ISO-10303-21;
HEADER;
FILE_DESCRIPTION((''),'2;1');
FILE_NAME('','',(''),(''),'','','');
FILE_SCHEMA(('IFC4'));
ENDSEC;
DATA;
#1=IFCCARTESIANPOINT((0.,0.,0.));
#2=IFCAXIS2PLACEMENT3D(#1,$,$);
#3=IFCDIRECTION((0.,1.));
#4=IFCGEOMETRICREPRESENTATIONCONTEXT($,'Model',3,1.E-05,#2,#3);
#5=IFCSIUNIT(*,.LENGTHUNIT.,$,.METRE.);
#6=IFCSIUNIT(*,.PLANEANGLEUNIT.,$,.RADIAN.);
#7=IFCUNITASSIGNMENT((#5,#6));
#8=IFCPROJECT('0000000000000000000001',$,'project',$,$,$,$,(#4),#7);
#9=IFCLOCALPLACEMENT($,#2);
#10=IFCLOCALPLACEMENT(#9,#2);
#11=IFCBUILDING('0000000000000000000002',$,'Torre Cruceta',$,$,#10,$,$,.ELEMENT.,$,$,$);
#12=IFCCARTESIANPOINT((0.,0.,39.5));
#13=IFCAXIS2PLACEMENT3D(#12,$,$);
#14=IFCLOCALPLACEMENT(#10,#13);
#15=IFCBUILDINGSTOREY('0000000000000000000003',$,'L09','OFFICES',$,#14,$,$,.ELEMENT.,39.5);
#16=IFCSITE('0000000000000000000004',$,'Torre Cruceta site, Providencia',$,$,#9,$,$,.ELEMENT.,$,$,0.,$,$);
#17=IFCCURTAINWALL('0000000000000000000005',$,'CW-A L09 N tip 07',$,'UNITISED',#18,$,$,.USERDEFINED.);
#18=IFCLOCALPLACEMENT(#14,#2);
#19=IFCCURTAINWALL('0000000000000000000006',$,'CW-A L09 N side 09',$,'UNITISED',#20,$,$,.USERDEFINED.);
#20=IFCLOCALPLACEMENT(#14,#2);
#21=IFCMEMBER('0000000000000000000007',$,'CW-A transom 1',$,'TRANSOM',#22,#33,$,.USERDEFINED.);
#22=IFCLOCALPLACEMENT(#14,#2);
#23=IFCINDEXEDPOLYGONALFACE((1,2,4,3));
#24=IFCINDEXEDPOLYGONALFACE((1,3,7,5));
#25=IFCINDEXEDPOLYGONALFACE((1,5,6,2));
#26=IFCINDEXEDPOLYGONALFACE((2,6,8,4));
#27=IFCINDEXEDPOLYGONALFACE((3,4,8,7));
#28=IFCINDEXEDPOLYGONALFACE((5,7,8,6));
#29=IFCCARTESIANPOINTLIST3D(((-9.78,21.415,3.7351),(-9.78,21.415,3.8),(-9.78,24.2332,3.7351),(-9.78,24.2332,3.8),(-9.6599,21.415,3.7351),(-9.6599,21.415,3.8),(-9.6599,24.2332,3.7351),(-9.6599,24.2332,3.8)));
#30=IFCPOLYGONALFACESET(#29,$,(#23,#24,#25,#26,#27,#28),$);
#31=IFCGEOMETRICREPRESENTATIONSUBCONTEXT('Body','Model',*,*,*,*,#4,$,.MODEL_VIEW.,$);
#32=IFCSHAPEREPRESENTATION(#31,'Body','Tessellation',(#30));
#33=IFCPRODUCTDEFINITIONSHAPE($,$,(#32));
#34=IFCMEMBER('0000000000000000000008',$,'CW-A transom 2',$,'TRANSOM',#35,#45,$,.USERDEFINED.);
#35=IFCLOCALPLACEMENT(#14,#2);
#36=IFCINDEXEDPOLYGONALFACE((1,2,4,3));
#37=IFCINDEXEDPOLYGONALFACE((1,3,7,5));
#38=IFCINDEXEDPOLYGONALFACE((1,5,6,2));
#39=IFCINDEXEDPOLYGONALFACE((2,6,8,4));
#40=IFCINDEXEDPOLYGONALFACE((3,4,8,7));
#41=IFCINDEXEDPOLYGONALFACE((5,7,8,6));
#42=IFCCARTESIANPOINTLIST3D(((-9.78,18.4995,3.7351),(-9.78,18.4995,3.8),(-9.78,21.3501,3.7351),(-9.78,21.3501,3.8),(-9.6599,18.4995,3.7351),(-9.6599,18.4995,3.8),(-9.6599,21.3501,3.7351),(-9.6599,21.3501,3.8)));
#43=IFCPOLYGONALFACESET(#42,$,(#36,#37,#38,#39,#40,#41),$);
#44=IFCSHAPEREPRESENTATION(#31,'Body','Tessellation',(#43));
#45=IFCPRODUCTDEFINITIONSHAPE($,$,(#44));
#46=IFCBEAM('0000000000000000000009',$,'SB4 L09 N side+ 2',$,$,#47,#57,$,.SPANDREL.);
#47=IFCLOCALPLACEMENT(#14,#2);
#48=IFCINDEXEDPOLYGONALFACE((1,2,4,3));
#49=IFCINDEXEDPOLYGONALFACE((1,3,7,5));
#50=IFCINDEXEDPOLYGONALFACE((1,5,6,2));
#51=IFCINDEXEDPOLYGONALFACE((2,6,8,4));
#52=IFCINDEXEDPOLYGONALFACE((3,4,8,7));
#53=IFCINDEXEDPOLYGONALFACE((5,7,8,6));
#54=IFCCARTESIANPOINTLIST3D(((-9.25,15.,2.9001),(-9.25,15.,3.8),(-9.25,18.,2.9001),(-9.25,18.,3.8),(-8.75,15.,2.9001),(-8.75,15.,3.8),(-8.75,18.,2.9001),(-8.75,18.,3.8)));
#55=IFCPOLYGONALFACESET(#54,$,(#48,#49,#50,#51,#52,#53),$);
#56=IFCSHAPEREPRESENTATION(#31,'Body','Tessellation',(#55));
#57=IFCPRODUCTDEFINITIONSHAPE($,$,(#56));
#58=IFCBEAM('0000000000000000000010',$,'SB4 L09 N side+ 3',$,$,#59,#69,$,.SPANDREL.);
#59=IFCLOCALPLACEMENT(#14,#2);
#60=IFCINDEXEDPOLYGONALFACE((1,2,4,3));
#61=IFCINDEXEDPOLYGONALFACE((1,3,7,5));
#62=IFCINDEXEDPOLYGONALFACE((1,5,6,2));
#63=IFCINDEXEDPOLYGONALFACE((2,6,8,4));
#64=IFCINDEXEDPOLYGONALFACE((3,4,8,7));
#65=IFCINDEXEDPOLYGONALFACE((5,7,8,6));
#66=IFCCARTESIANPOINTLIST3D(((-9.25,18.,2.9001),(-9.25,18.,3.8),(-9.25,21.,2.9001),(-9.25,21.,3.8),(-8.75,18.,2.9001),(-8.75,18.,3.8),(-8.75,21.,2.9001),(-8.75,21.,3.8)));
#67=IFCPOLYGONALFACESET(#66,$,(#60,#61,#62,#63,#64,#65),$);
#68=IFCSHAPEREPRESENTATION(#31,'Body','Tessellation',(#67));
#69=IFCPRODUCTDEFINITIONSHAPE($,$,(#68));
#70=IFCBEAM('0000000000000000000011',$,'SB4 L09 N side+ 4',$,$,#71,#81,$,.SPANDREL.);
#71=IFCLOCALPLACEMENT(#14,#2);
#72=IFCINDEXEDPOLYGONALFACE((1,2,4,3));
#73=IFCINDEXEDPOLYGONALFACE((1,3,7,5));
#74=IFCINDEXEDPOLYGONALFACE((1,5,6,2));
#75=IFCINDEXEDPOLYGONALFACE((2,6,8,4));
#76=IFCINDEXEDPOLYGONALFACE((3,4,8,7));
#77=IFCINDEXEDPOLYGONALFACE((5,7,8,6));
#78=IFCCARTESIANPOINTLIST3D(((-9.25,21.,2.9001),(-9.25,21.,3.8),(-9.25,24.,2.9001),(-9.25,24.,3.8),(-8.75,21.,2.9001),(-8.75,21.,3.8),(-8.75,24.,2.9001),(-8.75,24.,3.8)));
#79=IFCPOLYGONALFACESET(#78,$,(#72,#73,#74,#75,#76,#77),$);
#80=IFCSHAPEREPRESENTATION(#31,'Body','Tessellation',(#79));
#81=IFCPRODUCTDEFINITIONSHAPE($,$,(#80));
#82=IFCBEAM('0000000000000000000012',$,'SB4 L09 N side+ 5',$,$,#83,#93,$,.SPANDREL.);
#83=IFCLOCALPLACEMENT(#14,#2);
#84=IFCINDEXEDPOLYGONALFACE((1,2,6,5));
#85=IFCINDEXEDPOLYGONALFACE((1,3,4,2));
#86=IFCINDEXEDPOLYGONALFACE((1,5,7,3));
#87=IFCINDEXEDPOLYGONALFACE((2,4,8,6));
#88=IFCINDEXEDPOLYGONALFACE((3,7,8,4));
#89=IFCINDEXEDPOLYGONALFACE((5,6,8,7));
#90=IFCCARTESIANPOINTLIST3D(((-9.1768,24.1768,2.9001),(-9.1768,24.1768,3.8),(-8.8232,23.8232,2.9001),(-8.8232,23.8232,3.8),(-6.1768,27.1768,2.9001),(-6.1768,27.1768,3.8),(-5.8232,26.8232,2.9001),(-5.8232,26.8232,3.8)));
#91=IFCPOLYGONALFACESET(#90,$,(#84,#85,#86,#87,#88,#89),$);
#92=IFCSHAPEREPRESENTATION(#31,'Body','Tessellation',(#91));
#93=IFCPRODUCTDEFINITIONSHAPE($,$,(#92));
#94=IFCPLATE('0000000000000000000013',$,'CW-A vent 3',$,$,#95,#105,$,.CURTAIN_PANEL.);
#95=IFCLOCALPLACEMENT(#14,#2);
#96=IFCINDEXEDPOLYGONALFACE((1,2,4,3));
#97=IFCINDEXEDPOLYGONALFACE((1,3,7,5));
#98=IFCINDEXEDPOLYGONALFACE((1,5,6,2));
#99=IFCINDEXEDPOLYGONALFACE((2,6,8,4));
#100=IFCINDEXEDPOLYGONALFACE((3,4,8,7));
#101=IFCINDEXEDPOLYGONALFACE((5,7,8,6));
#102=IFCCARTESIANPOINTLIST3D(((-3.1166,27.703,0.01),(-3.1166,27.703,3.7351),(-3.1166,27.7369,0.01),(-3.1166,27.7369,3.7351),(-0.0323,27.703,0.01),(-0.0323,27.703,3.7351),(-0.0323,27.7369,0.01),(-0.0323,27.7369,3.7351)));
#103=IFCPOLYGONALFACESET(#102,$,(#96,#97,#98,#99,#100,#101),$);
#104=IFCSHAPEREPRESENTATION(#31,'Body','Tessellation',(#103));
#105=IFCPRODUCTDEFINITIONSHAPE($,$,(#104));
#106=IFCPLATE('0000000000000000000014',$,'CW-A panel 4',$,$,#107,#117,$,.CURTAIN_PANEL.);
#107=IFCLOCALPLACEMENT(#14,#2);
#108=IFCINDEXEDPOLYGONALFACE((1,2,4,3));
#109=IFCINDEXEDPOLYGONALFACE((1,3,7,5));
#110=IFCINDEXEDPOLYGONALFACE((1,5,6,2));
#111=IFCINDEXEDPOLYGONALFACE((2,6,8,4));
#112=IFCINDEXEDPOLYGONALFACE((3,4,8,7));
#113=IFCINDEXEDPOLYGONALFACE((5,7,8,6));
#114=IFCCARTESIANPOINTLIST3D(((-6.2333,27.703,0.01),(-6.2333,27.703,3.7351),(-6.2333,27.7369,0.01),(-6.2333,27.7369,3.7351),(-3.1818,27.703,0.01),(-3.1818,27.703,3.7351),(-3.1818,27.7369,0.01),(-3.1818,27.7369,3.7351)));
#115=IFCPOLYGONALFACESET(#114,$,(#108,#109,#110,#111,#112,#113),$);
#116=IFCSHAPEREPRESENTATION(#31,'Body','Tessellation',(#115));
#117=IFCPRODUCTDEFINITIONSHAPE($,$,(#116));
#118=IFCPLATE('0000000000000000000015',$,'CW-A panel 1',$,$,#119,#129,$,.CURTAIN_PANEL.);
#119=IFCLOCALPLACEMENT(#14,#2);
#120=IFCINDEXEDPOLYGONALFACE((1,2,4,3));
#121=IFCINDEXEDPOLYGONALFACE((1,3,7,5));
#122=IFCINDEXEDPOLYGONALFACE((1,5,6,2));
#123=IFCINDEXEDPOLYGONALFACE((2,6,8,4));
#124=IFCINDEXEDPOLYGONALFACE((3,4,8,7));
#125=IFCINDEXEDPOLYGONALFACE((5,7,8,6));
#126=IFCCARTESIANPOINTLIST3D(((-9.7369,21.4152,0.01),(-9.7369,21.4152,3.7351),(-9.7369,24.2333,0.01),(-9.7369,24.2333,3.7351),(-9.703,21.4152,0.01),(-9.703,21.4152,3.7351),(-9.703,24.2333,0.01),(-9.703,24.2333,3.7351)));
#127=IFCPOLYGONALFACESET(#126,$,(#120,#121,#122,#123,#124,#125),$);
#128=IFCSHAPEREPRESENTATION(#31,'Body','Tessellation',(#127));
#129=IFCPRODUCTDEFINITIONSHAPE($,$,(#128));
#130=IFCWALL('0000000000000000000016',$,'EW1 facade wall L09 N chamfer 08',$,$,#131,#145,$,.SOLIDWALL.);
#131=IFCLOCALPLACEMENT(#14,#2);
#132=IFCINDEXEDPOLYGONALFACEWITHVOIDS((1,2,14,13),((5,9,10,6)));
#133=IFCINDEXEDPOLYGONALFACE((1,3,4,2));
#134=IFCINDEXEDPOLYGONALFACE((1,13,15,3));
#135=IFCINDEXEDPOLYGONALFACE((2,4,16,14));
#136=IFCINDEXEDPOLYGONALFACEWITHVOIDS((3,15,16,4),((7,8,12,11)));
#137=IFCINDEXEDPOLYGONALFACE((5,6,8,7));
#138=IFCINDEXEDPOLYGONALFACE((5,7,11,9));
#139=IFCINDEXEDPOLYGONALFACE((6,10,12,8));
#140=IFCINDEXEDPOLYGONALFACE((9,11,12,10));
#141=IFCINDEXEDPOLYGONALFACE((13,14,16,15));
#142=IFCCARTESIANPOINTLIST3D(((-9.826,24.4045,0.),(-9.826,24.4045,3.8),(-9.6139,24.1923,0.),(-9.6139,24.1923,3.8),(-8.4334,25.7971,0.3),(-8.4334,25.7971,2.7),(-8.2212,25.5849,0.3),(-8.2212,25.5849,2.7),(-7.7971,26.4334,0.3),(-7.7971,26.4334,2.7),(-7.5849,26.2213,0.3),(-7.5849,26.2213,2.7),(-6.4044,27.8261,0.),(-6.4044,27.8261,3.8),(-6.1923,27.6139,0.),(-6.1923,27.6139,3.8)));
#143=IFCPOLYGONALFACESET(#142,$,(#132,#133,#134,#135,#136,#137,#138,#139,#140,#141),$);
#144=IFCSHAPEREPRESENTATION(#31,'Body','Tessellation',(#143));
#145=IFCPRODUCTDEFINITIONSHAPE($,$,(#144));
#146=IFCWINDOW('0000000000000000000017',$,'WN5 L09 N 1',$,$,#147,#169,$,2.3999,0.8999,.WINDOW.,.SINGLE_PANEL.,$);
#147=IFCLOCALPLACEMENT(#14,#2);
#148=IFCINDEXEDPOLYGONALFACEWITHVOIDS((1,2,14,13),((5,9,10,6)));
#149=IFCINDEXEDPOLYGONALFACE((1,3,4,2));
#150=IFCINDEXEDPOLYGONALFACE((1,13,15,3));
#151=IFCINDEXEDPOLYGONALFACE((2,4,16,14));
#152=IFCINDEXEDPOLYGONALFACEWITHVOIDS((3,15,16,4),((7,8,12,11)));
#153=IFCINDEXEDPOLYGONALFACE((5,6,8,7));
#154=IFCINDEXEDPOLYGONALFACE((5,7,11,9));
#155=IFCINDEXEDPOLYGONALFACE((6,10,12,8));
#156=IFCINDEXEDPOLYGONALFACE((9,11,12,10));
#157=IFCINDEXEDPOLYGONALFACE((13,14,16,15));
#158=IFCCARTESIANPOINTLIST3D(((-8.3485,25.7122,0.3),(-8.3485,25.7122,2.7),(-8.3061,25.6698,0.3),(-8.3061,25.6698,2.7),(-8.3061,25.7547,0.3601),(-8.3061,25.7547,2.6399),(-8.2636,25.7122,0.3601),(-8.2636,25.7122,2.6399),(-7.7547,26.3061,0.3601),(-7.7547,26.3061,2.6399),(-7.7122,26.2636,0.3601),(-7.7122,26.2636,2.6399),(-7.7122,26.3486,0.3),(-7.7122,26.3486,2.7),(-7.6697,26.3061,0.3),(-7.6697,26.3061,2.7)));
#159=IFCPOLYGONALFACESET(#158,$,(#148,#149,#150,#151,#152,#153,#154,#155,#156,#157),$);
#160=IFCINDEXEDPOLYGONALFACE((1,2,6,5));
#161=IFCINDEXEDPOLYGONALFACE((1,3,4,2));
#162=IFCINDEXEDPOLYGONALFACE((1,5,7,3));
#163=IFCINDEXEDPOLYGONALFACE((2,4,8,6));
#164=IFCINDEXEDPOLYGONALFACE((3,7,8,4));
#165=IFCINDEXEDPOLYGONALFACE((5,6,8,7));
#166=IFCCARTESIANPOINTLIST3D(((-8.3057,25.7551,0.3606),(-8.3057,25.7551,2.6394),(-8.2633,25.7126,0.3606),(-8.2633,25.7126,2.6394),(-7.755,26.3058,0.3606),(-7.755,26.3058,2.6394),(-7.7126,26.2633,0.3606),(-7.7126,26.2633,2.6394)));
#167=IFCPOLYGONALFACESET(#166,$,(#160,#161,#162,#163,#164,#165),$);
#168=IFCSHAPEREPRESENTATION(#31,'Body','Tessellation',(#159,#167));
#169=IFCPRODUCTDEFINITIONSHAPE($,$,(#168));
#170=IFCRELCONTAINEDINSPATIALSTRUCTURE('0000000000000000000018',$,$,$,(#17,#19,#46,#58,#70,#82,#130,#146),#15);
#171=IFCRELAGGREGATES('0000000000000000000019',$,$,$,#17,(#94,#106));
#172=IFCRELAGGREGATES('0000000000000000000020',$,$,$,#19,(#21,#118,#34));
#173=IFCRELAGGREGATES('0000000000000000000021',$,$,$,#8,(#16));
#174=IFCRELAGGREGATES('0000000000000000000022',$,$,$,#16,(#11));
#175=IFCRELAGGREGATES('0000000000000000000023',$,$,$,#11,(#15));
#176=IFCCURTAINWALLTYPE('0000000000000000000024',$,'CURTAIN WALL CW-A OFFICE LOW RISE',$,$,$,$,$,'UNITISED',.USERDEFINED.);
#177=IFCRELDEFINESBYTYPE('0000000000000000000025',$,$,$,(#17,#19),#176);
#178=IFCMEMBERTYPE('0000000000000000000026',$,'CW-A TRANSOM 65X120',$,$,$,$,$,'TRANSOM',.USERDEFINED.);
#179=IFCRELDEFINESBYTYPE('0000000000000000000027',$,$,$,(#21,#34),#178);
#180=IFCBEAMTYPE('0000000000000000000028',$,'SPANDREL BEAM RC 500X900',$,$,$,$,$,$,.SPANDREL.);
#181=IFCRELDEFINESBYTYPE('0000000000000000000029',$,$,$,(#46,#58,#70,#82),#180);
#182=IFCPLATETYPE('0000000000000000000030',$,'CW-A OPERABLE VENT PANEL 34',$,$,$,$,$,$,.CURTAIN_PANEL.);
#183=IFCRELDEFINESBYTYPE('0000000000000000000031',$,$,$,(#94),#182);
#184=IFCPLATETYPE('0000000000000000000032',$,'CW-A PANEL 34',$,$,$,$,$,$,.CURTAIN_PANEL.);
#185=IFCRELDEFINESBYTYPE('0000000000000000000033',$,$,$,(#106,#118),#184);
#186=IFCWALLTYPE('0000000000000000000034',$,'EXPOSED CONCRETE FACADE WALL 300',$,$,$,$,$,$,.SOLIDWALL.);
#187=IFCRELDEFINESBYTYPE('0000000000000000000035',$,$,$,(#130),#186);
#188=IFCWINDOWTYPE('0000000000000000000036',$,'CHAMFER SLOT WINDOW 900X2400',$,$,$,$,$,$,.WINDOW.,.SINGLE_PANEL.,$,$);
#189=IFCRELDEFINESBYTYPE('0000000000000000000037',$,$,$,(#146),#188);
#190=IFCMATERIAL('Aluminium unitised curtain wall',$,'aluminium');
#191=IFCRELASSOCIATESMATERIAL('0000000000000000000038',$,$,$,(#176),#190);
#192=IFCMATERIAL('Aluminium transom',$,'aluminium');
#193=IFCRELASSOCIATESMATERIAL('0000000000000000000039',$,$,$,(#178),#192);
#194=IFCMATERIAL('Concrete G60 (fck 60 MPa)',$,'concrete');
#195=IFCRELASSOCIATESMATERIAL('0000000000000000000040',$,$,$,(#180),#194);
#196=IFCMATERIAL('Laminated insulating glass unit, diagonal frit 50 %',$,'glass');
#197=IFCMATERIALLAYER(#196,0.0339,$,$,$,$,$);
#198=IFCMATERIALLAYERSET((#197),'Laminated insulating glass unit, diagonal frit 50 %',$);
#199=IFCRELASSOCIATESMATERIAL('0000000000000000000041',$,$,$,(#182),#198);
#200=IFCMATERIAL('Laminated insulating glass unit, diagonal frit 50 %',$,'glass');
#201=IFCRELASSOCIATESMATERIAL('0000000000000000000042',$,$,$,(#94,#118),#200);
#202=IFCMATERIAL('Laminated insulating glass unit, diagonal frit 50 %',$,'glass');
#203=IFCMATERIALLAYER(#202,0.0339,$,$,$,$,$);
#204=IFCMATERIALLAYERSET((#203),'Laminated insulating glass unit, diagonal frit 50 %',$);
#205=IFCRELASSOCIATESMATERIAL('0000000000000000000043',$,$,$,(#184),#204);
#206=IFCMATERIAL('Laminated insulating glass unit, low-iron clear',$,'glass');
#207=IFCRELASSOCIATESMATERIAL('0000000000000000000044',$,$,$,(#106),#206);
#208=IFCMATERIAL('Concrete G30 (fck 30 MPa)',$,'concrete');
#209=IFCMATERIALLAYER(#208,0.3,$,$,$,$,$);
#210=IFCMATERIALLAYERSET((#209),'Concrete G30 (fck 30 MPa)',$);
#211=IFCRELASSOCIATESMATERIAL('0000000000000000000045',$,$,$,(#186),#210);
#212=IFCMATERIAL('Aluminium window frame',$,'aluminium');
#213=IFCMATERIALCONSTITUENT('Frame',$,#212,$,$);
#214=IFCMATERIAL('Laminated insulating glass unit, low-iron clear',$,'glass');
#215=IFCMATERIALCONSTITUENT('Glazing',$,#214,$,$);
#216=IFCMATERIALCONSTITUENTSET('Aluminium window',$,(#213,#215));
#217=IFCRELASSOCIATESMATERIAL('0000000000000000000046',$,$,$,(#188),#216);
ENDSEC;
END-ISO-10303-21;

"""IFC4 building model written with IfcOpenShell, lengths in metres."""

from ifc_helpers import new_model, si_unit, direction, frame, frame_2d, origin, origin_2d, place, context, subcontext, project, spatial, rectangle, hollow_rectangle, extrude, material, layer, layer_set, constituent, constituent_set, material_profile, profile_set, type_object, element, fill, aggregate, save


model = new_model("IFC4")

# Units and contexts
model_context = context("Model", 3, precision=1e-05, world=origin(), true_north=direction((0.0, 1.0)))
body_context = subcontext(model_context, "Body", "Model", "MODEL_VIEW")
ifc_project = project(units=[si_unit("LENGTHUNIT", "METRE"), si_unit("PLANEANGLEUNIT", "RADIAN")], contexts=[model_context])

# Site, building, storey
site_placement = place(None, origin())
site = spatial("IfcSite", under=ifc_project, at=site_placement, Name="Torre Cruceta site, Providencia", CompositionType="ELEMENT", RefElevation=0.0)
building_placement = place(site_placement, origin())
building = spatial("IfcBuilding", under=site, at=building_placement, Name="Torre Cruceta", CompositionType="ELEMENT")
storey_placement = place(building_placement, frame((0.0, 0.0, 39.5)))
storey = spatial("IfcBuildingStorey", under=building, at=storey_placement, Name="L09", Description="OFFICES", CompositionType="ELEMENT", Elevation=39.5)

# Curtain walls
ifc_material_1 = material(Name="Aluminium unitised curtain wall", Category="aluminium")
curtain_wall_type = type_object("IfcCurtainWallType", Name="CURTAIN WALL CW-A OFFICE LOW RISE", ElementType="UNITISED", PredefinedType="USERDEFINED", material=ifc_material_1)
curtain_wall_1_placement = place(storey_placement, origin())
curtain_wall_1 = element("IfcCurtainWall", 1, at=curtain_wall_1_placement, inside=storey, type_object=curtain_wall_type, Name="CW-A L09 N tip 07", ObjectType="UNITISED", PredefinedType="USERDEFINED")
curtain_wall_2_placement = place(storey_placement, origin())
curtain_wall_2 = element("IfcCurtainWall", 2, at=curtain_wall_2_placement, inside=storey, type_object=curtain_wall_type, Name="CW-A L09 N side 09", ObjectType="UNITISED", PredefinedType="USERDEFINED")

# Members
ifc_material_2 = material(Name="Aluminium transom", Category="aluminium")
ifc_material_profile_1 = material_profile(ifc_material_2, rectangle(XDim=0.1201, YDim=0.0649, at=origin_2d()), Name="AL 120X65")
ifc_profile_set_1 = profile_set([ifc_material_profile_1], Name="Aluminium transom")
member_type_1 = type_object("IfcMemberType", Name="CW-A TRANSOM 65X120", ElementType="TRANSOM", PredefinedType="USERDEFINED", material=ifc_profile_set_1)
member_1_placement = place(storey_placement, frame((-9.72, 24.2332, 3.7676), z_axis=(0.0, -1.0, 0.0), x_axis=(1.0, 0.0, 0.0)))
member_1 = element("IfcMember", 3, at=member_1_placement, type_object=member_type_1, Name="CW-A transom 1", ObjectType="TRANSOM", PredefinedType="USERDEFINED", context=body_context, shape_type="SweptSolid", body=[
    extrude(rectangle(XDim=0.1201, YDim=0.0649, at=origin_2d()), origin(), (0.0, 0.0, 1.0), 2.8181),
])
member_2_placement = place(storey_placement, frame((-9.72, 21.3501, 3.7676), z_axis=(0.0, -1.0, 0.0), x_axis=(1.0, 0.0, 0.0)))
member_2 = element("IfcMember", 4, at=member_2_placement, type_object=member_type_1, Name="CW-A transom 2", ObjectType="TRANSOM", PredefinedType="USERDEFINED", context=body_context, shape_type="SweptSolid", body=[
    extrude(rectangle(XDim=0.1201, YDim=0.0649, at=origin_2d()), origin(), (0.0, 0.0, 1.0), 2.8506),
])

# Beams
ifc_material_3 = material(Name="Concrete G60 (fck 60 MPa)", Category="concrete")
ifc_material_profile_2 = material_profile(ifc_material_3, rectangle(XDim=0.5, YDim=0.8999, at=origin_2d()), Name="RC 500X900")
ifc_profile_set_2 = profile_set([ifc_material_profile_2], Name="Concrete G60 (fck 60 MPa)")
beam_type_1 = type_object("IfcBeamType", Name="SPANDREL BEAM RC 500X900", PredefinedType="SPANDREL", material=ifc_profile_set_2)
for number, where, z_axis, x_axis, name in (
    (5, (-9.0, 15.0, 3.3501), (0.0, 1.0, 0.0), (-1.0, 0.0, 0.0), "SB4 L09 N side+ 2"),
    (6, (-9.0, 18.0, 3.3501), (0.0, 1.0, 0.0), (-1.0, 0.0, 0.0), "SB4 L09 N side+ 3"),
    (7, (-9.0, 21.0, 3.3501), (0.0, 1.0, 0.0), (-1.0, 0.0, 0.0), "SB4 L09 N side+ 4"),
):
    element("IfcBeam", number, at=place(storey_placement, frame(where, z_axis=z_axis, x_axis=x_axis)), inside=storey, type_object=beam_type_1, Name=name, PredefinedType="SPANDREL", context=body_context, shape_type="SweptSolid", body=[
        extrude(rectangle(XDim=0.5, YDim=0.8999, at=origin_2d()), origin(), (0.0, 0.0, 1.0), 3.0),
    ])
beam_placement = place(storey_placement, frame((-9.0, 24.0, 3.3501), z_axis=(0.707107, 0.707107, 0.0), x_axis=(-0.707107, 0.707107, 0.0)))
element("IfcBeam", 8, at=beam_placement, inside=storey, type_object=beam_type_1, Name="SB4 L09 N side+ 5", PredefinedType="SPANDREL", context=body_context, shape_type="SweptSolid", body=[
    extrude(rectangle(XDim=0.5, YDim=0.8999, at=origin_2d()), origin(), (0.0, 0.0, 1.0), 4.2427),
])

# Plates
ifc_material_4 = material(Name="Laminated insulating glass unit, diagonal frit 50 %", Category="glass")
ifc_material_5 = material(Name="Laminated insulating glass unit, diagonal frit 50 %", Category="glass")
ifc_layer_1 = layer(ifc_material_5, 0.0339)
ifc_layer_set_1 = layer_set([ifc_layer_1], Name="Laminated insulating glass unit, diagonal frit 50 %")
plate_type_1 = type_object("IfcPlateType", Name="CW-A OPERABLE VENT PANEL 34", PredefinedType="CURTAIN_PANEL", material=ifc_layer_set_1)
plate_1_placement = place(storey_placement, frame((-1.5745, 27.72, 0.01), z_axis=(0.0, 0.0, 1.0), x_axis=(-1.0, 0.0, 0.0)))
plate_1 = element("IfcPlate", 9, at=plate_1_placement, type_object=plate_type_1, material=ifc_material_4, Name="CW-A vent 3", PredefinedType="CURTAIN_PANEL", context=body_context, shape_type="SweptSolid", body=[
    extrude(rectangle(XDim=3.0842, YDim=0.0339, at=origin_2d()), origin(), (0.0, 0.0, 1.0), 3.7251),
])
ifc_material_6 = material(Name="Laminated insulating glass unit, low-iron clear", Category="glass")
ifc_material_7 = material(Name="Laminated insulating glass unit, diagonal frit 50 %", Category="glass")
ifc_layer_2 = layer(ifc_material_7, 0.0339)
ifc_layer_set_2 = layer_set([ifc_layer_2], Name="Laminated insulating glass unit, diagonal frit 50 %")
plate_type_2 = type_object("IfcPlateType", Name="CW-A PANEL 34", PredefinedType="CURTAIN_PANEL", material=ifc_layer_set_2)
plate_2_placement = place(storey_placement, frame((-4.7075, 27.72, 0.01), z_axis=(0.0, 0.0, 1.0), x_axis=(-1.0, 0.0, 0.0)))
plate_2 = element("IfcPlate", 10, at=plate_2_placement, type_object=plate_type_2, material=ifc_material_6, Name="CW-A panel 4", PredefinedType="CURTAIN_PANEL", context=body_context, shape_type="SweptSolid", body=[
    extrude(rectangle(XDim=3.0515, YDim=0.0339, at=origin_2d()), origin(), (0.0, 0.0, 1.0), 3.7251),
])
aggregate(curtain_wall_1, [plate_1, plate_2])
plate_3_placement = place(storey_placement, frame((-9.72, 22.8242, 0.01), z_axis=(0.0, 0.0, 1.0), x_axis=(0.0, -1.0, 0.0)))
plate_3 = element("IfcPlate", 11, at=plate_3_placement, type_object=plate_type_2, material=ifc_material_4, Name="CW-A panel 1", PredefinedType="CURTAIN_PANEL", context=body_context, shape_type="SweptSolid", body=[
    extrude(rectangle(XDim=2.8181, YDim=0.0339, at=origin_2d()), origin(), (0.0, 0.0, 1.0), 3.7251),
])
aggregate(curtain_wall_2, [member_1, plate_3, member_2])

# Wall, opening, window
ifc_material_8 = material(Name="Concrete G30 (fck 30 MPa)", Category="concrete")
ifc_layer_3 = layer(ifc_material_8, 0.3)
ifc_layer_set_3 = layer_set([ifc_layer_3], Name="Concrete G30 (fck 30 MPa)")
wall_type_1 = type_object("IfcWallType", Name="EXPOSED CONCRETE FACADE WALL 300", PredefinedType="SOLIDWALL", material=ifc_layer_set_3)
wall_1_placement = place(storey_placement, frame((-6.2983, 27.72, 0.0), z_axis=(0.0, 0.0, 1.0), x_axis=(-0.707107, -0.707107, 0.0)))
wall_1 = element("IfcWall", 12, at=wall_1_placement, inside=storey, type_object=wall_type_1, Name="EW1 facade wall L09 N chamfer 08", PredefinedType="SOLIDWALL", context=body_context, shape_type="SweptSolid", body=[
    extrude(rectangle(XDim=4.8389, YDim=0.3, at=frame_2d((2.4194, 0.0))), origin(), (0.0, 0.0, 1.0), 3.8),
])
opening_1_placement = place(wall_1_placement, frame((1.9695, 0.0, 0.3)))
opening_1 = element("IfcOpeningElement", 13, at=opening_1_placement, cuts=wall_1, PredefinedType="OPENING", context=body_context, shape_type="SweptSolid", body=[
    extrude(rectangle(XDim=0.8999, YDim=2.3999, at=frame_2d((0.45, 1.2))), frame((0.0, 0.1599, 0.0), z_axis=(0.0, -1.0, 0.0), x_axis=(1.0, 0.0, 0.0)), (0.0, 0.0, 1.0), 0.3201),
])
ifc_material_9 = material(Name="Aluminium window frame", Category="aluminium")
ifc_constituent_1 = constituent(ifc_material_9, Name="Frame")
ifc_material_10 = material(Name="Laminated insulating glass unit, low-iron clear", Category="glass")
ifc_constituent_2 = constituent(ifc_material_10, Name="Glazing")
ifc_constituent_set_1 = constituent_set(constituents=[ifc_constituent_1, ifc_constituent_2], Name="Aluminium window")
window_type = type_object("IfcWindowType", Name="CHAMFER SLOT WINDOW 900X2400", PartitioningType="SINGLE_PANEL", PredefinedType="WINDOW", material=ifc_constituent_set_1)
window_placement = place(opening_1_placement, origin())
window = element("IfcWindow", 14, at=window_placement, inside=storey, type_object=window_type, Name="WN5 L09 N 1", OverallHeight=2.3999, OverallWidth=0.8999, PartitioningType="SINGLE_PANEL", PredefinedType="WINDOW", context=body_context, shape_type="SweptSolid", body=[
    extrude(hollow_rectangle(XDim=0.8999, YDim=2.3999, WallThickness=0.0601, at=frame_2d((0.45, 1.2))), frame((0.0, 0.03, 0.0), z_axis=(0.0, -1.0, 0.0), x_axis=(1.0, 0.0, 0.0)), (0.0, 0.0, 1.0), 0.0601),
    extrude(rectangle(XDim=0.7788, YDim=2.2788, at=frame_2d((0.45, 1.2))), frame((0.0, 0.03, 0.0), z_axis=(0.0, -1.0, 0.0), x_axis=(1.0, 0.0, 0.0)), (0.0, 0.0, 1.0), 0.0601),
])
fill(opening_1, window)

save(model, "model.ifc")
